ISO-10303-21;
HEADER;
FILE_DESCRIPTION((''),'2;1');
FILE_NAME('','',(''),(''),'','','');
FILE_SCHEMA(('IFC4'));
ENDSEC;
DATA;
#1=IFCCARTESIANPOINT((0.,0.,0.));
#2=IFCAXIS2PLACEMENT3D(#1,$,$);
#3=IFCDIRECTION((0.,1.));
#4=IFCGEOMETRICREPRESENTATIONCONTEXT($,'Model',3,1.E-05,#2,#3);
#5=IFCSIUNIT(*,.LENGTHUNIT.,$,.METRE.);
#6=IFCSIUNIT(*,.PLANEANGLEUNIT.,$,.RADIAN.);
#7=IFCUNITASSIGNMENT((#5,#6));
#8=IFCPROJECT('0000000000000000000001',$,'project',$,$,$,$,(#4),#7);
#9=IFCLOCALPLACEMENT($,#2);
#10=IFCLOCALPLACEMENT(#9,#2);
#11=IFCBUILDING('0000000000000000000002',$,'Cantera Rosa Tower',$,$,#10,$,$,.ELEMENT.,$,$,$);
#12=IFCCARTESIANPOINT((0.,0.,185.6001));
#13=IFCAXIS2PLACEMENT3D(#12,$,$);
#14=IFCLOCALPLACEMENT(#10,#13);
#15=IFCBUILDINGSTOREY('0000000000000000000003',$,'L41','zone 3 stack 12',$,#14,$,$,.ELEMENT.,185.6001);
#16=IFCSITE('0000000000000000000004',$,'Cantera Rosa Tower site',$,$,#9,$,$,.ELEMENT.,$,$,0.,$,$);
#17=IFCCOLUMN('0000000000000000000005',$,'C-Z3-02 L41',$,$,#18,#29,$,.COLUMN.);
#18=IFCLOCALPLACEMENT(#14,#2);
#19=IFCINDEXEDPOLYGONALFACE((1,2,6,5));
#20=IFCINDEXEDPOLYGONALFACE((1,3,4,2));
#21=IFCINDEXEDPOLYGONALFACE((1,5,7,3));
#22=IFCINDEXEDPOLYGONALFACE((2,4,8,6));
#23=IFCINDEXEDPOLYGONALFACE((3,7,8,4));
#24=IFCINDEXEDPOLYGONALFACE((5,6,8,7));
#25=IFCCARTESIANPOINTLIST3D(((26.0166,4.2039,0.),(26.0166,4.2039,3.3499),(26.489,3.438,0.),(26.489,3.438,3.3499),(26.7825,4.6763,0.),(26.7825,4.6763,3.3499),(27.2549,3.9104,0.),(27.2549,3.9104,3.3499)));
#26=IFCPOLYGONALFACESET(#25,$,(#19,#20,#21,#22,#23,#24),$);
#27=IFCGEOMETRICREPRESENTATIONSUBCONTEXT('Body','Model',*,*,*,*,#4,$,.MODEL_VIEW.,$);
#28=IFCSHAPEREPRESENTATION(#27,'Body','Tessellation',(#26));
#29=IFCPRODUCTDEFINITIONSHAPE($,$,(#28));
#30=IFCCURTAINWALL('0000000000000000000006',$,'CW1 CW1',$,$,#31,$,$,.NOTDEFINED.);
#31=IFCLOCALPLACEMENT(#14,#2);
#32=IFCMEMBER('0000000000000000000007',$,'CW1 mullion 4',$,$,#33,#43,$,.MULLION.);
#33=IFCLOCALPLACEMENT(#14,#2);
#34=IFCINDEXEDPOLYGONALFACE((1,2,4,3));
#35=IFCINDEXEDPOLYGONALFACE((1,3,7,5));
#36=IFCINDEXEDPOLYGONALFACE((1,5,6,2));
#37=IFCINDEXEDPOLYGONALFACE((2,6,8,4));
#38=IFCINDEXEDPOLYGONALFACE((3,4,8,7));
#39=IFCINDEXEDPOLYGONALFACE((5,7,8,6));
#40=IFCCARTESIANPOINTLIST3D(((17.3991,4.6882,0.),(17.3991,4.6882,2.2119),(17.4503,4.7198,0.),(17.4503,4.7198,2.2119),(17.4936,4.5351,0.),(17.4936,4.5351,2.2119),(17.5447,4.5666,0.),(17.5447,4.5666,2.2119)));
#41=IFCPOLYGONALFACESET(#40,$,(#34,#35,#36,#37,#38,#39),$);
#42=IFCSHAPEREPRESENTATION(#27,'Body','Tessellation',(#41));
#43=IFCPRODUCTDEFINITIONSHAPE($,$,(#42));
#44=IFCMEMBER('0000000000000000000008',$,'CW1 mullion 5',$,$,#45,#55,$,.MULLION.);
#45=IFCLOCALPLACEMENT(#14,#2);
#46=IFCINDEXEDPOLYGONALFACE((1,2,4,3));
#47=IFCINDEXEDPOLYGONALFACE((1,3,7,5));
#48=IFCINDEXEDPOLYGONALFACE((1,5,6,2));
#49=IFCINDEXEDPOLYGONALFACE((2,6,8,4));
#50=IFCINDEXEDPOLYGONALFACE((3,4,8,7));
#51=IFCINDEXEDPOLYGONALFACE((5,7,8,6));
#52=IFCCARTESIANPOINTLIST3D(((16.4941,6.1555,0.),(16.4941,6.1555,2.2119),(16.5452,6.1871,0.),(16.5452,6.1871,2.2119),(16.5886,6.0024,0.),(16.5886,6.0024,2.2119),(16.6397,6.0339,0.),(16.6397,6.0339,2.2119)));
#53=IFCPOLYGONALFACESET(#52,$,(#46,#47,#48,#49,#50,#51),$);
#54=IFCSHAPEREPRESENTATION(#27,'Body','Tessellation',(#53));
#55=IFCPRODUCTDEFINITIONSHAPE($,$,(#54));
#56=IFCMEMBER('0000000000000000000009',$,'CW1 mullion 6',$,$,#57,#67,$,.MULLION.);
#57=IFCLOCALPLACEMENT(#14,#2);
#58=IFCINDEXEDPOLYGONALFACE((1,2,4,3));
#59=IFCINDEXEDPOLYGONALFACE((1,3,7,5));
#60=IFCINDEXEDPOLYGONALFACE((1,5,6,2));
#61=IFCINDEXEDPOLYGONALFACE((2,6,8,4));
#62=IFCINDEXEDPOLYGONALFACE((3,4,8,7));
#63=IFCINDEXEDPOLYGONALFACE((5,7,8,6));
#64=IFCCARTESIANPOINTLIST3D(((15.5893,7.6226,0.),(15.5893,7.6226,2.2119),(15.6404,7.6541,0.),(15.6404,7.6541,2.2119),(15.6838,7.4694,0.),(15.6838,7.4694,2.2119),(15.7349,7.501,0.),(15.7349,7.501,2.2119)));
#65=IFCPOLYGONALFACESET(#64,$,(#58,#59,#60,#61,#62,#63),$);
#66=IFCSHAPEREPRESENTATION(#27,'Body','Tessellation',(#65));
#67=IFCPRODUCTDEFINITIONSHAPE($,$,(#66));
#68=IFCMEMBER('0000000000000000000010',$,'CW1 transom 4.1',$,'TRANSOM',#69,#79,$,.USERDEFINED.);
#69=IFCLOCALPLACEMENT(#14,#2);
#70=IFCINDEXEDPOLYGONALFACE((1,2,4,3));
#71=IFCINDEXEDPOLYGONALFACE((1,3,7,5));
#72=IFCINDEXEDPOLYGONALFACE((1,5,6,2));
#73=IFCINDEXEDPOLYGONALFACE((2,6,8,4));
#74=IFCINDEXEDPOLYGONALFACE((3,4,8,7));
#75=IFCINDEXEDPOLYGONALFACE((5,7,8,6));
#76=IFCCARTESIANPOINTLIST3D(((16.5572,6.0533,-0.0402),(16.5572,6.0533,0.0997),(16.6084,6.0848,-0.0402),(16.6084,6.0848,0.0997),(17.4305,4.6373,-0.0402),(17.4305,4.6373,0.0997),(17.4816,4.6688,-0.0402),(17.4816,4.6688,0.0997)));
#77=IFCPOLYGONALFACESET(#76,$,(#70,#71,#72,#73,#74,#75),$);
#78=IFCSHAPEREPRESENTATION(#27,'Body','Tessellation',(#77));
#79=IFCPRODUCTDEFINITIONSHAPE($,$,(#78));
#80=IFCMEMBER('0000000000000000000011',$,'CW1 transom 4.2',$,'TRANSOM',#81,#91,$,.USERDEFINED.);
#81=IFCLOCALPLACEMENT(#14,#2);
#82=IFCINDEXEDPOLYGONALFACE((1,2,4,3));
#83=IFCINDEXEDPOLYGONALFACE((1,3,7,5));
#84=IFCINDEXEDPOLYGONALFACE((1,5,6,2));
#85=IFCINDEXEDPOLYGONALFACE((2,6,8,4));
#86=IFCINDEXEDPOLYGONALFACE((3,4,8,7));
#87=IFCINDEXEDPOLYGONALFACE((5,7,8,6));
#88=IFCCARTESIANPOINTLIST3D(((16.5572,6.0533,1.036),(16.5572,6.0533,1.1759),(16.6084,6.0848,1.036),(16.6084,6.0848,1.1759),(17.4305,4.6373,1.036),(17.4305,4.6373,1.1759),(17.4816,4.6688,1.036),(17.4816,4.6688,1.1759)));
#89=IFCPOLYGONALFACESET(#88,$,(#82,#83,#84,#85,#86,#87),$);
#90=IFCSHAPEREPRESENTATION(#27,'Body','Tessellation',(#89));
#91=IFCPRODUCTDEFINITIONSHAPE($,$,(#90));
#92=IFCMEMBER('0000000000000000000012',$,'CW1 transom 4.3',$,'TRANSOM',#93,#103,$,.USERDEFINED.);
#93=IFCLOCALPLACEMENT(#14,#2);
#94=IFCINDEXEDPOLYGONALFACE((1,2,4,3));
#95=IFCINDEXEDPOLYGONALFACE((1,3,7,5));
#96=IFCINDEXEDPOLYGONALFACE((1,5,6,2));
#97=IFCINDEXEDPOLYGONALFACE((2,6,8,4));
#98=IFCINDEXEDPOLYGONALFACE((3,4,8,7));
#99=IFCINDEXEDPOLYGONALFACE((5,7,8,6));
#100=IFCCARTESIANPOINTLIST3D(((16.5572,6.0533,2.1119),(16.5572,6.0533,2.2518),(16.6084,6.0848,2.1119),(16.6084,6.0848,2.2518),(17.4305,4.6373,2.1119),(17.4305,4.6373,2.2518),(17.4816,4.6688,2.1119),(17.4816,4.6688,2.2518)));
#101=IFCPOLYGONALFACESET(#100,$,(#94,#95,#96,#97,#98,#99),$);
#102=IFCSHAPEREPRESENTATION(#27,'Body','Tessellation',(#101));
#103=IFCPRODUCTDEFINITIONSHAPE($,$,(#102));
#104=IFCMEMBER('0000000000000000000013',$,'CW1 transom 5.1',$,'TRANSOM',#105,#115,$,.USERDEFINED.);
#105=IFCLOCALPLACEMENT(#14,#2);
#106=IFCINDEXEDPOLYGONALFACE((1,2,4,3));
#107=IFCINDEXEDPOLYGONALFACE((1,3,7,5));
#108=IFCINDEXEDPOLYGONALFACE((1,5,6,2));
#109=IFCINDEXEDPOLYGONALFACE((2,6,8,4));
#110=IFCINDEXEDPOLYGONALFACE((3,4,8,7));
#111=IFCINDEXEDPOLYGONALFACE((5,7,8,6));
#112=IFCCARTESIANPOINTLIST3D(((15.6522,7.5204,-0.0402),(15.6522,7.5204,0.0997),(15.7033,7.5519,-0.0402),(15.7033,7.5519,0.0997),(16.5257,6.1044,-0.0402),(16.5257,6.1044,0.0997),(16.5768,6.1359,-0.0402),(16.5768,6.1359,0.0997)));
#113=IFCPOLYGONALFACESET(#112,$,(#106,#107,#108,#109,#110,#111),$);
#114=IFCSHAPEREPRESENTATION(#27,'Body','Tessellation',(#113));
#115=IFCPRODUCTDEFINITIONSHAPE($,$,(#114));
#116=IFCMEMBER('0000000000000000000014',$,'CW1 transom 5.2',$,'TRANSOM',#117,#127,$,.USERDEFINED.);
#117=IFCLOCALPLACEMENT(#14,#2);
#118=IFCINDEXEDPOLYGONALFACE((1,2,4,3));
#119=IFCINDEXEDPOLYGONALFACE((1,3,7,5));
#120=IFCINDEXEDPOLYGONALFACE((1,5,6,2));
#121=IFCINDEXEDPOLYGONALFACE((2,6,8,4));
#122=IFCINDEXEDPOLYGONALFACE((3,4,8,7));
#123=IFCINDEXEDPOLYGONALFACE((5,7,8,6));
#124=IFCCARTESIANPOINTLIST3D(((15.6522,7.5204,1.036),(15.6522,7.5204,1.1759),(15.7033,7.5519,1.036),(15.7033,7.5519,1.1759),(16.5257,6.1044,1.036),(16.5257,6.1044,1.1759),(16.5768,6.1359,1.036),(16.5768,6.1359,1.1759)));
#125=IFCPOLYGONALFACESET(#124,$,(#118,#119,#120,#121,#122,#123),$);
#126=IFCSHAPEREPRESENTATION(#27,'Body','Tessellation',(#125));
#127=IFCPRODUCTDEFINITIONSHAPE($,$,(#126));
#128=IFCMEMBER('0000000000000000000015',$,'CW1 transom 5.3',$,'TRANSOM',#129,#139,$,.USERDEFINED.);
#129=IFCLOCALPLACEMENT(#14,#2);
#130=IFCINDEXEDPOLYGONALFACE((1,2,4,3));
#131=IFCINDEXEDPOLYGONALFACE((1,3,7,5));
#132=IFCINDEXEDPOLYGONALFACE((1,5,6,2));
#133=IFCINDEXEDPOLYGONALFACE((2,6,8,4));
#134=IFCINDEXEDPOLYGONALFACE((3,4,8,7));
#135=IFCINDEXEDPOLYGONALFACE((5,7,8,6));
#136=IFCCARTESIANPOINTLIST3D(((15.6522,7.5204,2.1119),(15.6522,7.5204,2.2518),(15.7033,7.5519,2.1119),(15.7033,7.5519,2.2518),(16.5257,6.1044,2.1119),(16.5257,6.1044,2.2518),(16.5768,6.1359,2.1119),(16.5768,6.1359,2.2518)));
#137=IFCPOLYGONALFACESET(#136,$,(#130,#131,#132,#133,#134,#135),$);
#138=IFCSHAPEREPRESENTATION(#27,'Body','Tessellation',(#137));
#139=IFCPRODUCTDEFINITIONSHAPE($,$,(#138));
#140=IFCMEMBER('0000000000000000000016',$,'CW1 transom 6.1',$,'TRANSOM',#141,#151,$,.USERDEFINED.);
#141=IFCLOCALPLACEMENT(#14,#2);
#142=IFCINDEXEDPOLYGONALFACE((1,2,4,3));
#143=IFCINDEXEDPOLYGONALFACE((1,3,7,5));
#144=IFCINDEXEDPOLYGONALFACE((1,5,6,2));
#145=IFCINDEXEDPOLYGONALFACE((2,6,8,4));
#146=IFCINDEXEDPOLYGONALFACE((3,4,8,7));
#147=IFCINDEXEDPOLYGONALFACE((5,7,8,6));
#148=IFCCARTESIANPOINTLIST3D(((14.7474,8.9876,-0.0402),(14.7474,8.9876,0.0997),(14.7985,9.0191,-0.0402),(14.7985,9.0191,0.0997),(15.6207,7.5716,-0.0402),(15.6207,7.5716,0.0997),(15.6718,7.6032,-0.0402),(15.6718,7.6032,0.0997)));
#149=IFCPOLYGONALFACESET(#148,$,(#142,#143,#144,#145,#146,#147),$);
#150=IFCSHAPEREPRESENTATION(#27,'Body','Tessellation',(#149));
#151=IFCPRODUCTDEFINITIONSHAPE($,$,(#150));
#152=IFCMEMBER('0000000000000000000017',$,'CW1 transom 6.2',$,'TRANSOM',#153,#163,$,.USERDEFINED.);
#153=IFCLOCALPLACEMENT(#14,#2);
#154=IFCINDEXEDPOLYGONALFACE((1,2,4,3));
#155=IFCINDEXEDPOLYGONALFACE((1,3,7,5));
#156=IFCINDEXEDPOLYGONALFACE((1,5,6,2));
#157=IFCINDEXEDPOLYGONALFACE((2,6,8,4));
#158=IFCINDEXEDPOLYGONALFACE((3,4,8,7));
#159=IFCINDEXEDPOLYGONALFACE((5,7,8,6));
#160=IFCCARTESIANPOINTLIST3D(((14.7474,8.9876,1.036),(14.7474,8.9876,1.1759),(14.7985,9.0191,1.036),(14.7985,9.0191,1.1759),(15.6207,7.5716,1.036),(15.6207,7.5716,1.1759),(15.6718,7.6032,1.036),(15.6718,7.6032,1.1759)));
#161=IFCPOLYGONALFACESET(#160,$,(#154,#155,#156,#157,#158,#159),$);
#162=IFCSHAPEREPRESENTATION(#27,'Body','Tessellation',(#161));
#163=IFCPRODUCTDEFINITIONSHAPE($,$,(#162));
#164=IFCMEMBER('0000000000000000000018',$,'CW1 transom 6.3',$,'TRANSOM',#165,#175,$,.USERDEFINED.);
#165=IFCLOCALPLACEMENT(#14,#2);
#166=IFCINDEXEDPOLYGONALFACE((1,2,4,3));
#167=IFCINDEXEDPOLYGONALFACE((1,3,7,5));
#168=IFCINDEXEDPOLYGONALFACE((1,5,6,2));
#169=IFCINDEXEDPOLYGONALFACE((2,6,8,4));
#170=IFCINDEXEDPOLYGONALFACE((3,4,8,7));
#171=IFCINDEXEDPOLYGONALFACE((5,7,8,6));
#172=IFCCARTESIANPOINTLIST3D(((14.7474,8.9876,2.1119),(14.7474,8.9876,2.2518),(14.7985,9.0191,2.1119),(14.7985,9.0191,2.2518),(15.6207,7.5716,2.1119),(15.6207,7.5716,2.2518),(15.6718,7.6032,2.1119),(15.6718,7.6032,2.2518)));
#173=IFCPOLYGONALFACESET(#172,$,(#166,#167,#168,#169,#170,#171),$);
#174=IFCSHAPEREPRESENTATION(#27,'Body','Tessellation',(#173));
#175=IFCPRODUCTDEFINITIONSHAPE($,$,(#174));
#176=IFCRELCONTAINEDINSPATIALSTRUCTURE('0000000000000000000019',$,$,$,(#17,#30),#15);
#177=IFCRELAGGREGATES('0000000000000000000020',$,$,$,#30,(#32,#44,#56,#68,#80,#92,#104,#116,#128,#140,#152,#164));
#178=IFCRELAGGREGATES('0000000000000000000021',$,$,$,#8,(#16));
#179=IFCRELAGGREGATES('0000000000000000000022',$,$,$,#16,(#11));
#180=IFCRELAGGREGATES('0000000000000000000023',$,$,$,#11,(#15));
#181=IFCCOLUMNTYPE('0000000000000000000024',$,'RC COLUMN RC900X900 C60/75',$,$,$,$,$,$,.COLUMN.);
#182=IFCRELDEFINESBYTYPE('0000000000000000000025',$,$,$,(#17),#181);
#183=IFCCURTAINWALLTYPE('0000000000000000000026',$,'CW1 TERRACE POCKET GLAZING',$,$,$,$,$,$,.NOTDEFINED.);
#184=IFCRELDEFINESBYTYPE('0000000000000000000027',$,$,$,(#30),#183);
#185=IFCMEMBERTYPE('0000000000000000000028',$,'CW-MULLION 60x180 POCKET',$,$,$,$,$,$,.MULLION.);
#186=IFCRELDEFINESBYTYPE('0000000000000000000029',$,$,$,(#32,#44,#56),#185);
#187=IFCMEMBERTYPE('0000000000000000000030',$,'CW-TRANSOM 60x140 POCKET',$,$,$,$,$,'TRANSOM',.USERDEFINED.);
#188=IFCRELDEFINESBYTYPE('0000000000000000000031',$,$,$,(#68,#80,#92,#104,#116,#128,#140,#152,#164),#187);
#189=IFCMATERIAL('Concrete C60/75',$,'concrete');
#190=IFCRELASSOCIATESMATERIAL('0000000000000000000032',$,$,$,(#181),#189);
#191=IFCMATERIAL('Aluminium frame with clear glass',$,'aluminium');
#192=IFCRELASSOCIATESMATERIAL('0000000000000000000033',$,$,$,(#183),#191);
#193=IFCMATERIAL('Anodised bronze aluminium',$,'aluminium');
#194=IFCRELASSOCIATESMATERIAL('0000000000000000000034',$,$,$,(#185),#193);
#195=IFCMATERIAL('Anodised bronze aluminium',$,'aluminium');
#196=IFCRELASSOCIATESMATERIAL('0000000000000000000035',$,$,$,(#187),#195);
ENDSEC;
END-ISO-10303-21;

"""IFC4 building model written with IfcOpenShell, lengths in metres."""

from ifc_helpers import new_model, si_unit, direction, frame, origin, origin_2d, place, context, subcontext, project, spatial, rectangle, extrude, material, material_profile, profile_set, type_object, element, aggregate, save


model = new_model("IFC4")

# Units and contexts
model_context = context("Model", 3, precision=1e-05, world=origin(), true_north=direction((0.0, 1.0)))
body_context = subcontext(model_context, "Body", "Model", "MODEL_VIEW")
ifc_project = project(units=[si_unit("LENGTHUNIT", "METRE"), si_unit("PLANEANGLEUNIT", "RADIAN")], contexts=[model_context])

# Site, building, storey
site_placement = place(None, origin())
site = spatial("IfcSite", under=ifc_project, at=site_placement, Name="Cantera Rosa Tower site", CompositionType="ELEMENT", RefElevation=0.0)
building_placement = place(site_placement, origin())
building = spatial("IfcBuilding", under=site, at=building_placement, Name="Cantera Rosa Tower", CompositionType="ELEMENT")
storey_placement = place(building_placement, frame((0.0, 0.0, 185.6001)))
storey = spatial("IfcBuildingStorey", under=building, at=storey_placement, Name="L41", Description="zone 3 stack 12", CompositionType="ELEMENT", Elevation=185.6001)

# Column
ifc_material_1 = material(Name="Concrete C60/75", Category="concrete")
ifc_material_profile_1 = material_profile(ifc_material_1, rectangle(XDim=0.8999, YDim=0.8999, at=origin_2d()), Name="RC COLUMN RC900X900 C60/75")
ifc_profile_set_1 = profile_set([ifc_material_profile_1], Name="Concrete C60/75")
column_type = type_object("IfcColumnType", Name="RC COLUMN RC900X900 C60/75", PredefinedType="COLUMN", material=ifc_profile_set_1)
column_placement = place(storey_placement, frame((26.6357, 4.0571, 0.0), z_axis=(0.0, 0.0, 1.0), x_axis=(0.851117, 0.524977, 0.0)))
element("IfcColumn", 1, at=column_placement, inside=storey, type_object=column_type, Name="C-Z3-02 L41", PredefinedType="COLUMN", context=body_context, shape_type="SweptSolid", body=[
    extrude(rectangle(XDim=0.8999, YDim=0.8999, at=origin_2d()), origin(), (0.0, 0.0, 1.0), 3.3499),
])

# Curtain wall, members
ifc_material_2 = material(Name="Aluminium frame with clear glass", Category="aluminium")
curtain_wall_type = type_object("IfcCurtainWallType", Name="CW1 TERRACE POCKET GLAZING", PredefinedType="NOTDEFINED", material=ifc_material_2)
curtain_wall_placement = place(storey_placement, origin())
curtain_wall = element("IfcCurtainWall", 2, at=curtain_wall_placement, inside=storey, type_object=curtain_wall_type, Name="CW1 CW1", PredefinedType="NOTDEFINED")
ifc_material_3 = material(Name="Anodised bronze aluminium", Category="aluminium")
ifc_material_profile_2 = material_profile(ifc_material_3, rectangle(XDim=0.0601, YDim=0.1799, at=origin_2d()), Name="CW-MULLION 60x180 POCKET")
ifc_profile_set_2 = profile_set([ifc_material_profile_2], Name="Anodised bronze aluminium")
member_type_1 = type_object("IfcMemberType", Name="CW-MULLION 60x180 POCKET", PredefinedType="MULLION", material=ifc_profile_set_2)
member_1_placement = place(storey_placement, frame((17.4719, 4.6274, 0.0), z_axis=(0.0, 0.0, 1.0), x_axis=(-0.851117, -0.524977, 0.0)))
member_1 = element("IfcMember", 3, at=member_1_placement, type_object=member_type_1, Name="CW1 mullion 4", PredefinedType="MULLION", context=body_context, shape_type="SweptSolid", body=[
    extrude(rectangle(XDim=0.0601, YDim=0.1799, at=origin_2d()), origin(), (0.0, 0.0, 1.0), 2.2119),
])
member_2_placement = place(storey_placement, frame((16.5669, 6.0947, 0.0), z_axis=(0.0, 0.0, 1.0), x_axis=(-0.851117, -0.524977, 0.0)))
member_2 = element("IfcMember", 4, at=member_2_placement, type_object=member_type_1, Name="CW1 mullion 5", PredefinedType="MULLION", context=body_context, shape_type="SweptSolid", body=[
    extrude(rectangle(XDim=0.0601, YDim=0.1799, at=origin_2d()), origin(), (0.0, 0.0, 1.0), 2.2119),
])
member_3_placement = place(storey_placement, frame((15.6621, 7.5618, 0.0), z_axis=(0.0, 0.0, 1.0), x_axis=(-0.851117, -0.524977, 0.0)))
member_3 = element("IfcMember", 5, at=member_3_placement, type_object=member_type_1, Name="CW1 mullion 6", PredefinedType="MULLION", context=body_context, shape_type="SweptSolid", body=[
    extrude(rectangle(XDim=0.0601, YDim=0.1799, at=origin_2d()), origin(), (0.0, 0.0, 1.0), 2.2119),
])
ifc_material_4 = material(Name="Anodised bronze aluminium", Category="aluminium")
ifc_material_profile_3 = material_profile(ifc_material_4, rectangle(XDim=0.0601, YDim=0.1399, at=origin_2d()), Name="CW-TRANSOM 60x140 POCKET")
ifc_profile_set_3 = profile_set([ifc_material_profile_3], Name="Anodised bronze aluminium")
member_type_2 = type_object("IfcMemberType", Name="CW-TRANSOM 60x140 POCKET", ElementType="TRANSOM", PredefinedType="USERDEFINED", material=ifc_profile_set_3)
member_4_placement = place(storey_placement, frame((17.4561, 4.6531, 0.0298), z_axis=(-0.524924, 0.851149, 0.0), x_axis=(-0.851149, -0.524924, 0.0)))
member_4 = element("IfcMember", 6, at=member_4_placement, type_object=member_type_2, Name="CW1 transom 4.1", ObjectType="TRANSOM", PredefinedType="USERDEFINED", context=body_context, shape_type="SweptSolid", body=[
    extrude(rectangle(XDim=0.0601, YDim=0.1399, at=origin_2d()), origin(), (0.0, 0.0, 1.0), 1.6636),
])
member_5_placement = place(storey_placement, frame((17.4561, 4.6531, 1.106), z_axis=(-0.524924, 0.851149, 0.0), x_axis=(-0.851149, -0.524924, 0.0)))
member_5 = element("IfcMember", 7, at=member_5_placement, type_object=member_type_2, Name="CW1 transom 4.2", ObjectType="TRANSOM", PredefinedType="USERDEFINED", context=body_context, shape_type="SweptSolid", body=[
    extrude(rectangle(XDim=0.0601, YDim=0.1399, at=origin_2d()), origin(), (0.0, 0.0, 1.0), 1.6636),
])
member_6_placement = place(storey_placement, frame((17.4561, 4.6531, 2.1819), z_axis=(-0.524924, 0.851149, 0.0), x_axis=(-0.851149, -0.524924, 0.0)))
member_6 = element("IfcMember", 8, at=member_6_placement, type_object=member_type_2, Name="CW1 transom 4.3", ObjectType="TRANSOM", PredefinedType="USERDEFINED", context=body_context, shape_type="SweptSolid", body=[
    extrude(rectangle(XDim=0.0601, YDim=0.1399, at=origin_2d()), origin(), (0.0, 0.0, 1.0), 1.6636),
])
member_7_placement = place(storey_placement, frame((16.5513, 6.1201, 0.0298), z_axis=(-0.52503, 0.851083, 0.0), x_axis=(-0.851083, -0.52503, 0.0)))
member_7 = element("IfcMember", 9, at=member_7_placement, type_object=member_type_2, Name="CW1 transom 5.1", ObjectType="TRANSOM", PredefinedType="USERDEFINED", context=body_context, shape_type="SweptSolid", body=[
    extrude(rectangle(XDim=0.0601, YDim=0.1399, at=origin_2d()), origin(), (0.0, 0.0, 1.0), 1.6638),
])
member_8_placement = place(storey_placement, frame((16.5513, 6.1201, 1.106), z_axis=(-0.52503, 0.851083, 0.0), x_axis=(-0.851083, -0.52503, 0.0)))
member_8 = element("IfcMember", 10, at=member_8_placement, type_object=member_type_2, Name="CW1 transom 5.2", ObjectType="TRANSOM", PredefinedType="USERDEFINED", context=body_context, shape_type="SweptSolid", body=[
    extrude(rectangle(XDim=0.0601, YDim=0.1399, at=origin_2d()), origin(), (0.0, 0.0, 1.0), 1.6638),
])
member_9_placement = place(storey_placement, frame((16.5513, 6.1201, 2.1819), z_axis=(-0.52503, 0.851083, 0.0), x_axis=(-0.851083, -0.52503, 0.0)))
member_9 = element("IfcMember", 11, at=member_9_placement, type_object=member_type_2, Name="CW1 transom 5.3", ObjectType="TRANSOM", PredefinedType="USERDEFINED", context=body_context, shape_type="SweptSolid", body=[
    extrude(rectangle(XDim=0.0601, YDim=0.1399, at=origin_2d()), origin(), (0.0, 0.0, 1.0), 1.6638),
])
member_10_placement = place(storey_placement, frame((15.6462, 7.5874, 0.0298), z_axis=(-0.524924, 0.851149, 0.0), x_axis=(-0.851149, -0.524924, 0.0)))
member_10 = element("IfcMember", 12, at=member_10_placement, type_object=member_type_2, Name="CW1 transom 6.1", ObjectType="TRANSOM", PredefinedType="USERDEFINED", context=body_context, shape_type="SweptSolid", body=[
    extrude(rectangle(XDim=0.0601, YDim=0.1399, at=origin_2d()), origin(), (0.0, 0.0, 1.0), 1.6636),
])
member_11_placement = place(storey_placement, frame((15.6462, 7.5874, 1.106), z_axis=(-0.524924, 0.851149, 0.0), x_axis=(-0.851149, -0.524924, 0.0)))
member_11 = element("IfcMember", 13, at=member_11_placement, type_object=member_type_2, Name="CW1 transom 6.2", ObjectType="TRANSOM", PredefinedType="USERDEFINED", context=body_context, shape_type="SweptSolid", body=[
    extrude(rectangle(XDim=0.0601, YDim=0.1399, at=origin_2d()), origin(), (0.0, 0.0, 1.0), 1.6636),
])
member_12_placement = place(storey_placement, frame((15.6462, 7.5874, 2.1819), z_axis=(-0.524924, 0.851149, 0.0), x_axis=(-0.851149, -0.524924, 0.0)))
member_12 = element("IfcMember", 14, at=member_12_placement, type_object=member_type_2, Name="CW1 transom 6.3", ObjectType="TRANSOM", PredefinedType="USERDEFINED", context=body_context, shape_type="SweptSolid", body=[
    extrude(rectangle(XDim=0.0601, YDim=0.1399, at=origin_2d()), origin(), (0.0, 0.0, 1.0), 1.6636),
])

aggregate(curtain_wall, [member_1, member_2, member_3, member_4, member_5, member_6, member_7, member_8, member_9, member_10, member_11, member_12])

save(model, "model.ifc")
